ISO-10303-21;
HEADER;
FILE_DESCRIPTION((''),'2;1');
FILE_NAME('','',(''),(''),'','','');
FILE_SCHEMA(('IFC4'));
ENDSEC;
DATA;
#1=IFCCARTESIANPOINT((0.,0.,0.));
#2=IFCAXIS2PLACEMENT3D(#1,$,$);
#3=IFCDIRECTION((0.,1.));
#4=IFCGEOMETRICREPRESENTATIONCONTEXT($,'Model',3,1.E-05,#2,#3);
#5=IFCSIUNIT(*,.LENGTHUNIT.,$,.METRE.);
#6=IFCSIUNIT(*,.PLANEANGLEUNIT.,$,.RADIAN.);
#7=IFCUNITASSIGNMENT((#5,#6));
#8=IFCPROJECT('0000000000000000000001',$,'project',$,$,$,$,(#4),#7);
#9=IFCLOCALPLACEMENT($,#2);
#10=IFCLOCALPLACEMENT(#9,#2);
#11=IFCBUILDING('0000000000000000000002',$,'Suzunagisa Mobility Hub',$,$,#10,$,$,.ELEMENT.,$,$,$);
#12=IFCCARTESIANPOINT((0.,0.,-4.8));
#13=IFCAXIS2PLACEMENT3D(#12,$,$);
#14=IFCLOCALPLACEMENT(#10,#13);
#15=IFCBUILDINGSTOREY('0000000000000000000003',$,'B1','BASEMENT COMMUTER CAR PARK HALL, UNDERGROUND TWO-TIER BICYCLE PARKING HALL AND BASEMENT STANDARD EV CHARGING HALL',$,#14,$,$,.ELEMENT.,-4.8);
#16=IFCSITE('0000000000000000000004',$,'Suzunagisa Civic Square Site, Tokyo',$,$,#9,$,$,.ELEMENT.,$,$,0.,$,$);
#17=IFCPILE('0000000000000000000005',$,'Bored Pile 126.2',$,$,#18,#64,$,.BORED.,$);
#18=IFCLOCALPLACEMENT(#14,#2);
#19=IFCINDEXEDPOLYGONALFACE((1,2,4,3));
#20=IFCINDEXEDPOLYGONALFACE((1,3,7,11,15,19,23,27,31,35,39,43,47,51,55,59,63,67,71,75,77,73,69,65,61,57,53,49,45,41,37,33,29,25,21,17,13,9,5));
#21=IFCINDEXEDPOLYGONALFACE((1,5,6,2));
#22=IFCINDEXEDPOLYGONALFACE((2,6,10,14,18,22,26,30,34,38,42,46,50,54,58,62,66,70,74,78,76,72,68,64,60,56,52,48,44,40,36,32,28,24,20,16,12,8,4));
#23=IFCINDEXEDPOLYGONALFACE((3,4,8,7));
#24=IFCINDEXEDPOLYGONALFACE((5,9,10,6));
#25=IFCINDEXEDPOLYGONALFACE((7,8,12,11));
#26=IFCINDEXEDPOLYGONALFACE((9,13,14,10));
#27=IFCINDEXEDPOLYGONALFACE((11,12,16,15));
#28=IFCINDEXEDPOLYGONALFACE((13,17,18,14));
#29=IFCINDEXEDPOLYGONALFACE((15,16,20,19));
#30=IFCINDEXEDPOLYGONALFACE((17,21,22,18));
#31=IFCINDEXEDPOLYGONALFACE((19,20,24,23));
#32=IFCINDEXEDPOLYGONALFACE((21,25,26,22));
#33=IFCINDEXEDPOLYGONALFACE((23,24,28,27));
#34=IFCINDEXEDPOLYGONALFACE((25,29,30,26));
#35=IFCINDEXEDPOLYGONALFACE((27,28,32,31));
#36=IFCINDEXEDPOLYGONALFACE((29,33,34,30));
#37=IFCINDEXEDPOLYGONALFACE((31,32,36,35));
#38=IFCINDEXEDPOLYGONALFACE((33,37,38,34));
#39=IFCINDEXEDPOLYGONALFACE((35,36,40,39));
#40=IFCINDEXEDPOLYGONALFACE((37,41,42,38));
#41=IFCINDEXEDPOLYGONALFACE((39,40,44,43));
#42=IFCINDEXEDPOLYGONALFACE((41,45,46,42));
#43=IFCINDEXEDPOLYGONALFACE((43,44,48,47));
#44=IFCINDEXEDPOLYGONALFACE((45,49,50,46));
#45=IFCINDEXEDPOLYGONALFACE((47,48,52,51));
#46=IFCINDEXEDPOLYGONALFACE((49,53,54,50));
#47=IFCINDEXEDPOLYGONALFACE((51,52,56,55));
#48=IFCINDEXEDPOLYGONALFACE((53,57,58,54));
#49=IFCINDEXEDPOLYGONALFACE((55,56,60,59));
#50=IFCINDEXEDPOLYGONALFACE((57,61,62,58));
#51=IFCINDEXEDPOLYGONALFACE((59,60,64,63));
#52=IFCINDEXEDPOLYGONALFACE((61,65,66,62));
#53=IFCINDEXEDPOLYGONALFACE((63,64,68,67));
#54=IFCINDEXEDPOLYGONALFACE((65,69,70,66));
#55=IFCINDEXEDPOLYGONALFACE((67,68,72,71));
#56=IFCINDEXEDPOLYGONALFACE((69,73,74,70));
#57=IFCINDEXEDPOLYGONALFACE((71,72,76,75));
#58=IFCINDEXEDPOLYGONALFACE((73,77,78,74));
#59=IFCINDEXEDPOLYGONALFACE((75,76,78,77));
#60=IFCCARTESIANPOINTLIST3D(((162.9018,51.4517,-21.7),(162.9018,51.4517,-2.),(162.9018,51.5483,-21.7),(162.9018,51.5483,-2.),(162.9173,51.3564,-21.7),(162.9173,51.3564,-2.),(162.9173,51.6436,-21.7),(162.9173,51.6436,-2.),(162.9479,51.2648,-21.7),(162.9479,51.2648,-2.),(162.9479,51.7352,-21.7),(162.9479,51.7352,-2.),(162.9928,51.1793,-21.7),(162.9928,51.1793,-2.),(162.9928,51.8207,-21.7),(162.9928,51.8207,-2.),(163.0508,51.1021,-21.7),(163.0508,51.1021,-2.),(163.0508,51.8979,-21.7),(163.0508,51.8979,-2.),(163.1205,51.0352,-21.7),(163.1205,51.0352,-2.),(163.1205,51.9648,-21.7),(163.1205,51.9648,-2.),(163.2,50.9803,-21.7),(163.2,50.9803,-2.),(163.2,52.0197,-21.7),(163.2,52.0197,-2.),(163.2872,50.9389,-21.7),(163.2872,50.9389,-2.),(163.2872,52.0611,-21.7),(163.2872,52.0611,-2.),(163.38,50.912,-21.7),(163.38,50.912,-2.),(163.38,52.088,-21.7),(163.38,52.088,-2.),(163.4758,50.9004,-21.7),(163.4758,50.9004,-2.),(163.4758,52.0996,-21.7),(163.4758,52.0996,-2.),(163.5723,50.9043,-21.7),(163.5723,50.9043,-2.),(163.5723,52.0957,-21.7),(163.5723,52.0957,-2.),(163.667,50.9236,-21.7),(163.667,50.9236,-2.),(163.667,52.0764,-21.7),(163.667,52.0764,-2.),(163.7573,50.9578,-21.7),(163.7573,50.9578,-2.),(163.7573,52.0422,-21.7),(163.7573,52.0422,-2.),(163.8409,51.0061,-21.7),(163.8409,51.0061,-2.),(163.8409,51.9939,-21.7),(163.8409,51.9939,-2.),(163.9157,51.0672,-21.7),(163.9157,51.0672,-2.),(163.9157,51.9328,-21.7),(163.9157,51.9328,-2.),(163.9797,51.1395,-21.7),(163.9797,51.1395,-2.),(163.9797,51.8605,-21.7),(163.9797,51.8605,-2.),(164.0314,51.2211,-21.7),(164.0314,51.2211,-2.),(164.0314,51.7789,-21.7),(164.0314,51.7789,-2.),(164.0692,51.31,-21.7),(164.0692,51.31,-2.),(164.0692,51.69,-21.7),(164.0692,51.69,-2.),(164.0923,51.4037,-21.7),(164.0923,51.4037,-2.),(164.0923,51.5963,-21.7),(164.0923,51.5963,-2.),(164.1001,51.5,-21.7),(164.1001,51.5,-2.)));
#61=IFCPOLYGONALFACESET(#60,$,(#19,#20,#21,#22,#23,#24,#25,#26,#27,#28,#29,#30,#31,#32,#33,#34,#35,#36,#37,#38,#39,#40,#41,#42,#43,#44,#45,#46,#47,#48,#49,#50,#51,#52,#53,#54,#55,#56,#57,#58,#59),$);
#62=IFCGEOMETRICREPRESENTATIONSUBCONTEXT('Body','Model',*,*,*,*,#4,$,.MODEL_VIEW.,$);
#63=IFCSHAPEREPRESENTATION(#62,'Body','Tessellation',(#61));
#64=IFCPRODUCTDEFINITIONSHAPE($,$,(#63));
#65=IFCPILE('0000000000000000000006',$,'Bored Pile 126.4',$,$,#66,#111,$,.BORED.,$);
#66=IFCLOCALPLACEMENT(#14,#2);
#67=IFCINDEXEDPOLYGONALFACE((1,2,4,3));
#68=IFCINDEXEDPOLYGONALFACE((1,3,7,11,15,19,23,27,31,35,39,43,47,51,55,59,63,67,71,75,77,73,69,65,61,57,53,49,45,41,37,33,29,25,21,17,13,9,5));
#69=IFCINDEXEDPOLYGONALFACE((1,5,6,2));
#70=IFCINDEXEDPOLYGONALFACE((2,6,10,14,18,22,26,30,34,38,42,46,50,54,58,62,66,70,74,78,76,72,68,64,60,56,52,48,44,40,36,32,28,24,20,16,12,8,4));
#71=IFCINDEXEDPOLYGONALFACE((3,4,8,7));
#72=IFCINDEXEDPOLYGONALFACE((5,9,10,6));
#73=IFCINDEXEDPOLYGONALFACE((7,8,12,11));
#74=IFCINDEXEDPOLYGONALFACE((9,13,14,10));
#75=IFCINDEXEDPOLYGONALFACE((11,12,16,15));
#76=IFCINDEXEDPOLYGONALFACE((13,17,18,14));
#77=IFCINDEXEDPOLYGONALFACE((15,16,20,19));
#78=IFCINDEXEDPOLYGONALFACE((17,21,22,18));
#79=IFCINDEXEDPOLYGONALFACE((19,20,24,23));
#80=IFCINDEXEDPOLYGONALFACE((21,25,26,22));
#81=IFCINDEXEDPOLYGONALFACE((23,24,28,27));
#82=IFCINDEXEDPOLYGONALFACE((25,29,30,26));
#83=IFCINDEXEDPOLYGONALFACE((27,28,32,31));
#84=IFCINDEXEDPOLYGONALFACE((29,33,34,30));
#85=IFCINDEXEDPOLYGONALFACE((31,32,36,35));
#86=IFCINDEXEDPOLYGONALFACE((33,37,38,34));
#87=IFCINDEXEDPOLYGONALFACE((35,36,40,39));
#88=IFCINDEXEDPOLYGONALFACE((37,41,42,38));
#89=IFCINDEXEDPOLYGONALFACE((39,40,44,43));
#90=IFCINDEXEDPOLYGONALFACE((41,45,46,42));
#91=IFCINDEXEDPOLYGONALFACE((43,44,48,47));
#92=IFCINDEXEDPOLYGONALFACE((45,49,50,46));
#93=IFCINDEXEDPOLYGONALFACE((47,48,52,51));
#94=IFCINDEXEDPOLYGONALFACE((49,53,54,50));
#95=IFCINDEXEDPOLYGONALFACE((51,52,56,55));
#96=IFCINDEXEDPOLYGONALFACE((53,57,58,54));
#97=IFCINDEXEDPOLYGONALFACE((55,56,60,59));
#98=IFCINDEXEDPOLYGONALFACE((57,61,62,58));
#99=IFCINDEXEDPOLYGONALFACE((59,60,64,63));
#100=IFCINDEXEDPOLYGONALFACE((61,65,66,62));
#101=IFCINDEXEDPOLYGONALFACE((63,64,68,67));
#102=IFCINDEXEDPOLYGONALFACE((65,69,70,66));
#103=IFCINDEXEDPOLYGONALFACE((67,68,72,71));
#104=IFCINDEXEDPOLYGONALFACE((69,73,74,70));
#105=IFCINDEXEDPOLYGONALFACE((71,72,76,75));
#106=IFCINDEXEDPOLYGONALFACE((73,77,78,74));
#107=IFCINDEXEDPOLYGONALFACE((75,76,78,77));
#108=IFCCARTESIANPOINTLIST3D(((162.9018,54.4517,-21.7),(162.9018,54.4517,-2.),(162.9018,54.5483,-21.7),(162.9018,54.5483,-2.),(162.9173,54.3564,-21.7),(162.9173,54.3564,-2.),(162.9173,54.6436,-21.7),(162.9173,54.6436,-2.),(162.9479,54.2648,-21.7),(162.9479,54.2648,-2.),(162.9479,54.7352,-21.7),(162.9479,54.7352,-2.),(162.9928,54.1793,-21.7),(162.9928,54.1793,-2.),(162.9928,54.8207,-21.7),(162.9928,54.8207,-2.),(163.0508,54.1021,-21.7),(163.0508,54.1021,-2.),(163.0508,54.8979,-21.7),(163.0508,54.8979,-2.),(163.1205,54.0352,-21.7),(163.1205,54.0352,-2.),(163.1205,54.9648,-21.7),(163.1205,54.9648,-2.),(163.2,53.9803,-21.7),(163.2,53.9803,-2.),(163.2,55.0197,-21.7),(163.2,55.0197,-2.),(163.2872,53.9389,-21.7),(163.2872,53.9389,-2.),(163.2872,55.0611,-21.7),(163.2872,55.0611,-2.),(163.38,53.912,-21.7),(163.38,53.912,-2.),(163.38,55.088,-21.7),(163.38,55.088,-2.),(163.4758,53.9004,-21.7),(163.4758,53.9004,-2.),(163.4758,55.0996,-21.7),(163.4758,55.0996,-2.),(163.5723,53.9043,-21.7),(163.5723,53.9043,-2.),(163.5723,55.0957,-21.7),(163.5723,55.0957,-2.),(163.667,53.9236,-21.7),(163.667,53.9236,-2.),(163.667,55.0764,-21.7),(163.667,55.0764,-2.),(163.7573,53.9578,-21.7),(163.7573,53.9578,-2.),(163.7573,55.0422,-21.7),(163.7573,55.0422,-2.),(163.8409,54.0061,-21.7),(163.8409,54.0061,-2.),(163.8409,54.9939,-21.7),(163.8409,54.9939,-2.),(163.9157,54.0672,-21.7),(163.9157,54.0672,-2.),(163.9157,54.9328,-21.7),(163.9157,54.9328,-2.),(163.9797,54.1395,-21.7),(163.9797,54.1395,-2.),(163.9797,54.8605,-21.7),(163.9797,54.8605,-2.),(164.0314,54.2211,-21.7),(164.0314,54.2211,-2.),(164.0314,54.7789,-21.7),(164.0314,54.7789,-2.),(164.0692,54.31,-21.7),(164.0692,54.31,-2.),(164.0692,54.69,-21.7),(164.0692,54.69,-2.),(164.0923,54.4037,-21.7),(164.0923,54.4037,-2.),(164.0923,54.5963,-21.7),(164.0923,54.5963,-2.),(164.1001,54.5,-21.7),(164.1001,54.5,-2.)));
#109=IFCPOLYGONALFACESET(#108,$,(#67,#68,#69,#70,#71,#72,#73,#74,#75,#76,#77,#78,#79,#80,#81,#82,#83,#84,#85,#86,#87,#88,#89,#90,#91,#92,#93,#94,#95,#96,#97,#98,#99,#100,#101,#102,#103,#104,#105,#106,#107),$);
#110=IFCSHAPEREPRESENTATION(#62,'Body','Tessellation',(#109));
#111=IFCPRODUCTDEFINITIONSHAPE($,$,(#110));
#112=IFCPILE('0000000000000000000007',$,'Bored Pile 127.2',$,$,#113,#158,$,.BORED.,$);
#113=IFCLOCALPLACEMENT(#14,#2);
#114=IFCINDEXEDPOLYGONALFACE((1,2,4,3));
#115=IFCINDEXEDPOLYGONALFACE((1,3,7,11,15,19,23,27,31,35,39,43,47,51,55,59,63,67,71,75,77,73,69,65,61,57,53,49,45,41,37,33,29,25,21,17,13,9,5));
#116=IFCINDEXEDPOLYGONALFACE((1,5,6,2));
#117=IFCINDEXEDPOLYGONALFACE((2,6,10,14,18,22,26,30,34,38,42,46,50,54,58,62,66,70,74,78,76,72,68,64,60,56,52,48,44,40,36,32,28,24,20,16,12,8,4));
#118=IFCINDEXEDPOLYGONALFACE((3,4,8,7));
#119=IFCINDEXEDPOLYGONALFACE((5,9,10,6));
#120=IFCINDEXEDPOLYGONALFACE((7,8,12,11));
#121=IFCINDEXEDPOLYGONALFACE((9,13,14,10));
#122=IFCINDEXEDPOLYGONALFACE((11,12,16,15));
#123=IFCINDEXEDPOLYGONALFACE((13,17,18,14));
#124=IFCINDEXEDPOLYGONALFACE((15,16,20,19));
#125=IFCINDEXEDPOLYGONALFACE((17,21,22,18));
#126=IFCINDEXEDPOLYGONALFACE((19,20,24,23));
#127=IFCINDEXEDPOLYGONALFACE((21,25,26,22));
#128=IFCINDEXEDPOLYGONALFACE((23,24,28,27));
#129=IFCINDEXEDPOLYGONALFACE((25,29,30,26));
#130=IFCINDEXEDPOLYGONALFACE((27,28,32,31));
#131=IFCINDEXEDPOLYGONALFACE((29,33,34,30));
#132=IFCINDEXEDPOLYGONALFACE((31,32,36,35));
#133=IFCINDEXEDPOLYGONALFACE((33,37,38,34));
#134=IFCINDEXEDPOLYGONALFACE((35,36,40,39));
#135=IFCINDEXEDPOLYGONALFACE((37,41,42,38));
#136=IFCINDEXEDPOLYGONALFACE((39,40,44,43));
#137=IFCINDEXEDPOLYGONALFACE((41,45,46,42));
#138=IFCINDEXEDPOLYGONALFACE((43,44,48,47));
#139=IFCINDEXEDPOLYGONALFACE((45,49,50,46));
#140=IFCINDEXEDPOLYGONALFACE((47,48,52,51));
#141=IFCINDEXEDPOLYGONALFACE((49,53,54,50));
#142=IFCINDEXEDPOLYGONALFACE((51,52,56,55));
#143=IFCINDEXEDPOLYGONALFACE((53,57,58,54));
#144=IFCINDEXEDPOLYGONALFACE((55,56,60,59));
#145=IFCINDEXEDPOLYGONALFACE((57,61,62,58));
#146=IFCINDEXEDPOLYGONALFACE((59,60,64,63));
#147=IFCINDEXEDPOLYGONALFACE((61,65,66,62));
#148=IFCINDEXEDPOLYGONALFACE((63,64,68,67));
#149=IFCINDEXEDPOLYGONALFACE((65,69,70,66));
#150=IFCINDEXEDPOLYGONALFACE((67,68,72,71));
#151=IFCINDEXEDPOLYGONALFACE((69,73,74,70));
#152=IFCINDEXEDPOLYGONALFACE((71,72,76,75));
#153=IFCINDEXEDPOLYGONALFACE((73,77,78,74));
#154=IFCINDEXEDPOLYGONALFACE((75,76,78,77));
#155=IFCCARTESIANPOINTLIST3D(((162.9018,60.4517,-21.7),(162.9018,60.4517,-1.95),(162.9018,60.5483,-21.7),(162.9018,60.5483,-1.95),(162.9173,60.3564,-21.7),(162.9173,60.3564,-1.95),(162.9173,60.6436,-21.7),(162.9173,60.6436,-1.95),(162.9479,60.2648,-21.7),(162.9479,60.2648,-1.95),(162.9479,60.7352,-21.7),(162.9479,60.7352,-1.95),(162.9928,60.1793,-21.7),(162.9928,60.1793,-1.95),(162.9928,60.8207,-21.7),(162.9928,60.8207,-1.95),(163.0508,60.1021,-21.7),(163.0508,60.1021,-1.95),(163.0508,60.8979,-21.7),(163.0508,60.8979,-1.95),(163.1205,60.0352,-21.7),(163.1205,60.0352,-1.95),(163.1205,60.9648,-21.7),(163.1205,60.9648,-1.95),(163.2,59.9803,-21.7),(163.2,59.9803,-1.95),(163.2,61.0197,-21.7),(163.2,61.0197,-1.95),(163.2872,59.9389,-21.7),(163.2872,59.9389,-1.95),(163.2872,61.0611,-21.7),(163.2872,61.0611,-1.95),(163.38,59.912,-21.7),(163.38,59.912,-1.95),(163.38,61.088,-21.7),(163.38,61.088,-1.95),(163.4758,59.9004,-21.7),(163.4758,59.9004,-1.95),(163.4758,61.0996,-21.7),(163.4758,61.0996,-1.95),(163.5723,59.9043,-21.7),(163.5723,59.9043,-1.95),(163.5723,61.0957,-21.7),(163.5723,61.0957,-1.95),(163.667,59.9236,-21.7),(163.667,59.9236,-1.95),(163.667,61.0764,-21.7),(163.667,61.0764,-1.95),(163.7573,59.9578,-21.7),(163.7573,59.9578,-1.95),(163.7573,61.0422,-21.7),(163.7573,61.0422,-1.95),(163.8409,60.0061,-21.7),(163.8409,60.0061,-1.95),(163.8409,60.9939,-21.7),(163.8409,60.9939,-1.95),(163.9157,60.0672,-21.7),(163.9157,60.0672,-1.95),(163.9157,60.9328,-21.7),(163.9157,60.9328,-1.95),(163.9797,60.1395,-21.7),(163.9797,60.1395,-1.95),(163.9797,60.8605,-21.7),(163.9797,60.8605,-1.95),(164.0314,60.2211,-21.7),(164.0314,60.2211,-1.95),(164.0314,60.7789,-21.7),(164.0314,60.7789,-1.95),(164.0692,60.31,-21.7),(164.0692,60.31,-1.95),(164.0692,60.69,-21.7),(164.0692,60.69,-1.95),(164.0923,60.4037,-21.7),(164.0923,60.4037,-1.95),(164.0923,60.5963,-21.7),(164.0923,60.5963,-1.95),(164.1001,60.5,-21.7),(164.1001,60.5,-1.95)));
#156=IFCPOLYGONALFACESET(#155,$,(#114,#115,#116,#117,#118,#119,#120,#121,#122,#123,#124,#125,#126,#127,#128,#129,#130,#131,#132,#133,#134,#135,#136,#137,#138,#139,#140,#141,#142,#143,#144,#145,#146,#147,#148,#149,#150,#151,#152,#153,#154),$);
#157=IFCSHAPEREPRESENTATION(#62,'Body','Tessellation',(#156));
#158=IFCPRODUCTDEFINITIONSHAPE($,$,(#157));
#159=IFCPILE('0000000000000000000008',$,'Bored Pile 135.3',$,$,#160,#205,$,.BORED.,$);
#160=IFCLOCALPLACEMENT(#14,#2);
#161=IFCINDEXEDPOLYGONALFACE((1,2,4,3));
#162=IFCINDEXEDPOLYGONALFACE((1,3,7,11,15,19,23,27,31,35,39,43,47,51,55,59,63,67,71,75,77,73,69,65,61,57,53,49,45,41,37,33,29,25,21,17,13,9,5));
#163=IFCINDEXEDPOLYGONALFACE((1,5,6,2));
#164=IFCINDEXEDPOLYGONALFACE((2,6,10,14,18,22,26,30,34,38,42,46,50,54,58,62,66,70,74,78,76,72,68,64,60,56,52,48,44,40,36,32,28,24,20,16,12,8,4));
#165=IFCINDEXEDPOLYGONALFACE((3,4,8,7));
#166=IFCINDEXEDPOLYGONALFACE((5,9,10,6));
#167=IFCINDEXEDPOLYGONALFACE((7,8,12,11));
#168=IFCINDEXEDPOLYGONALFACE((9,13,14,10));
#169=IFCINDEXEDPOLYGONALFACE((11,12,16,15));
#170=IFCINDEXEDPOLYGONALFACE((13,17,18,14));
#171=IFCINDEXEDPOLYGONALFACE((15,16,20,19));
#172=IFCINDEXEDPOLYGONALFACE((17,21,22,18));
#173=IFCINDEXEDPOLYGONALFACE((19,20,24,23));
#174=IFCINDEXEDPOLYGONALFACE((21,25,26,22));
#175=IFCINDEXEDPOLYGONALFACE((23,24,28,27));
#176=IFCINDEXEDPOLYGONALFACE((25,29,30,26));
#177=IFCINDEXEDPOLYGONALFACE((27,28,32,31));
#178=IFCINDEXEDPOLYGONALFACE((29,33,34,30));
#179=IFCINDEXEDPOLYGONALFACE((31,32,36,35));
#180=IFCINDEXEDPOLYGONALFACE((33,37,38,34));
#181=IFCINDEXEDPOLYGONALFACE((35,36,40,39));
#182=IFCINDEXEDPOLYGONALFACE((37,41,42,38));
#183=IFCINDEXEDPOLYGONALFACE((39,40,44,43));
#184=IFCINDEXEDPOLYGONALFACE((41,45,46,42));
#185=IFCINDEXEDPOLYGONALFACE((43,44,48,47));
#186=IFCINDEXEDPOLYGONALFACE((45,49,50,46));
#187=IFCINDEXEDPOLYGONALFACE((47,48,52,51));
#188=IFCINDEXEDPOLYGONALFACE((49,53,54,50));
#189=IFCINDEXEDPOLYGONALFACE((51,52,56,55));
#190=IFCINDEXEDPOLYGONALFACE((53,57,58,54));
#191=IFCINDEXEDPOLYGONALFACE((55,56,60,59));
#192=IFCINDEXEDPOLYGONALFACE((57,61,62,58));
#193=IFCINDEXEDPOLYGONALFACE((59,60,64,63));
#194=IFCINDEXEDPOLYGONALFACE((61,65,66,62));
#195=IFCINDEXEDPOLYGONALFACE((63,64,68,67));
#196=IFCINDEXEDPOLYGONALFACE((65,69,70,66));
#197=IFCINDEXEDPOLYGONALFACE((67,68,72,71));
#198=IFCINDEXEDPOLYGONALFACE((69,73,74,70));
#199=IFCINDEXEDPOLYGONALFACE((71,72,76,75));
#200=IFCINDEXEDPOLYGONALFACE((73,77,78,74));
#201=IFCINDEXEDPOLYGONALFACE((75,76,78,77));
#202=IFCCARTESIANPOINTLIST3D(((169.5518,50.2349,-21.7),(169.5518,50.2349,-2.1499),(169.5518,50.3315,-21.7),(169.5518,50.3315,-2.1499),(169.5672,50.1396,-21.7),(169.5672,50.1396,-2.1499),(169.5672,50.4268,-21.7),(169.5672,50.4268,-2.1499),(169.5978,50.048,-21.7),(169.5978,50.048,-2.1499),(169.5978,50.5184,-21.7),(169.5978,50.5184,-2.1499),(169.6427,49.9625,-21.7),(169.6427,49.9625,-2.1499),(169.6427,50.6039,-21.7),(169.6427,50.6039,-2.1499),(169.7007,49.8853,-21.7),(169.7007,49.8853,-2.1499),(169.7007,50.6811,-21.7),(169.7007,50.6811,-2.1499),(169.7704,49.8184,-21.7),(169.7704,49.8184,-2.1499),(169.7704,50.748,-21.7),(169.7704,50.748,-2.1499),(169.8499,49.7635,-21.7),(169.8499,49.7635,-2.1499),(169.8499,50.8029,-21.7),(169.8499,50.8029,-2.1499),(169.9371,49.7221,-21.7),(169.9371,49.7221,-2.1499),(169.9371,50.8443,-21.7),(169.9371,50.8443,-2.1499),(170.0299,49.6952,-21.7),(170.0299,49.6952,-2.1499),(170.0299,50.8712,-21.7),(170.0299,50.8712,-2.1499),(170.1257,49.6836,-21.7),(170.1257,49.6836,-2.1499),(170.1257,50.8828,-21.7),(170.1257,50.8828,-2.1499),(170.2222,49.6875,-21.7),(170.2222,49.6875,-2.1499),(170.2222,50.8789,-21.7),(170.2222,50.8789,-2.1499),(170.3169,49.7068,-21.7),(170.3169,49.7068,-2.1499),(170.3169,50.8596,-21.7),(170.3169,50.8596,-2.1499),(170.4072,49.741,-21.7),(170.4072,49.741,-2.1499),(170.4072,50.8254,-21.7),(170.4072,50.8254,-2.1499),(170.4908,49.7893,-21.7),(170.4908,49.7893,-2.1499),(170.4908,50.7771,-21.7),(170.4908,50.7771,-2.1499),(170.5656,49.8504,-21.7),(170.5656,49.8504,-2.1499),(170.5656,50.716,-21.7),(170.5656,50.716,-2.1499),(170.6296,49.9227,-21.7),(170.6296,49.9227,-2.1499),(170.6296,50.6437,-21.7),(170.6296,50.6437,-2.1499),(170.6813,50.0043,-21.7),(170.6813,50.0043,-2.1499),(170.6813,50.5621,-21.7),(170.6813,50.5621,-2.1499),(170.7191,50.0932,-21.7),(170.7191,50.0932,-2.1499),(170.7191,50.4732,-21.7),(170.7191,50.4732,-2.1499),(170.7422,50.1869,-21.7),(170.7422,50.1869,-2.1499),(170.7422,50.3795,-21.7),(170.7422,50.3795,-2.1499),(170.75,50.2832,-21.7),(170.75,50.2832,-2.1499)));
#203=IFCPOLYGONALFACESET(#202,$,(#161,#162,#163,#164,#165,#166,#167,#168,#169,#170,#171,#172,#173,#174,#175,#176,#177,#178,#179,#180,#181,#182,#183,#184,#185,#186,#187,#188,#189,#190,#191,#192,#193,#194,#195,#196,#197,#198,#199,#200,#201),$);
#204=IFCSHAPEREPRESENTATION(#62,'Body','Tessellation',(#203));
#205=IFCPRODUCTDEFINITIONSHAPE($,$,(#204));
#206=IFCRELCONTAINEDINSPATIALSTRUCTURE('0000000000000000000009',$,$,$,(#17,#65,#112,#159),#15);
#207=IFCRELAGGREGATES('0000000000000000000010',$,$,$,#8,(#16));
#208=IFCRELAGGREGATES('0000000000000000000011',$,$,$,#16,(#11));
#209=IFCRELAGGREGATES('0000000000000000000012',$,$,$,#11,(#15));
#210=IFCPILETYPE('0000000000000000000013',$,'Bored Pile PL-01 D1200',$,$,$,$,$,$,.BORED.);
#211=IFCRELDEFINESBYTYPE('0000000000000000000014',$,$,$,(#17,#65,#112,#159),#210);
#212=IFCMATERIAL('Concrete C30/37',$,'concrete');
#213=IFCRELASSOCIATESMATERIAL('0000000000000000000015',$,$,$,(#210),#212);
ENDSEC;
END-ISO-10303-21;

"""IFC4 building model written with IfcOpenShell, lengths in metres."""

from ifc_helpers import new_model, si_unit, direction, frame, origin, origin_2d, place, context, subcontext, project, spatial, circle, extrude, material, material_profile, profile_set, type_object, element, save


model = new_model("IFC4")

# Units and contexts
model_context = context("Model", 3, precision=1e-05, world=origin(), true_north=direction((0.0, 1.0)))
body_context = subcontext(model_context, "Body", "Model", "MODEL_VIEW")
ifc_project = project(units=[si_unit("LENGTHUNIT", "METRE"), si_unit("PLANEANGLEUNIT", "RADIAN")], contexts=[model_context])

# Site, building, storey
site_placement = place(None, origin())
site = spatial("IfcSite", under=ifc_project, at=site_placement, Name="Suzunagisa Civic Square Site, Tokyo", CompositionType="ELEMENT", RefElevation=0.0)
building_placement = place(site_placement, origin())
building = spatial("IfcBuilding", under=site, at=building_placement, Name="Suzunagisa Mobility Hub", CompositionType="ELEMENT")
storey_placement = place(building_placement, frame((0.0, 0.0, -4.8)))
storey = spatial("IfcBuildingStorey", under=building, at=storey_placement, Name="B1", Description="BASEMENT COMMUTER CAR PARK HALL, UNDERGROUND TWO-TIER BICYCLE PARKING HALL AND BASEMENT STANDARD EV CHARGING HALL", CompositionType="ELEMENT", Elevation=-4.8)

# Piles
ifc_material_1 = material(Name="Concrete C30/37", Category="concrete")
ifc_material_profile_1 = material_profile(ifc_material_1, circle(Radius=0.6001, at=origin_2d()), Name="BORED PILE D1200")
ifc_profile_set_1 = profile_set([ifc_material_profile_1], Name="Concrete C30/37")
pile_type = type_object("IfcPileType", Name="Bored Pile PL-01 D1200", PredefinedType="BORED", material=ifc_profile_set_1)
for number, where, z_axis, x_axis, name in (
    (1, (163.5, 51.5, -2.0), (0.0, 0.0, -1.0), (1.0, 0.0, 0.0), "Bored Pile 126.2"),
    (2, (163.5, 54.5, -2.0), (0.0, 0.0, -1.0), (1.0, 0.0, 0.0), "Bored Pile 126.4"),
):
    element("IfcPile", number, at=place(storey_placement, frame(where, z_axis=z_axis, x_axis=x_axis)), inside=storey, type_object=pile_type, Name=name, PredefinedType="BORED", context=body_context, shape_type="SweptSolid", body=[
        extrude(circle(Radius=0.6001, at=origin_2d()), origin(), (0.0, 0.0, 1.0), 19.7),
    ])
pile_1_placement = place(storey_placement, frame((163.5, 60.5, -1.95), z_axis=(0.0, 0.0, -1.0), x_axis=(1.0, 0.0, 0.0)))
element("IfcPile", 3, at=pile_1_placement, inside=storey, type_object=pile_type, Name="Bored Pile 127.2", PredefinedType="BORED", context=body_context, shape_type="SweptSolid", body=[
    extrude(circle(Radius=0.6001, at=origin_2d()), origin(), (0.0, 0.0, 1.0), 19.75),
])
for number, where, z_axis, x_axis, name in (
    (4, (170.1499, 50.2832, -2.1499), (0.0, 0.0, -1.0), (1.0, 0.0, 0.0), "Bored Pile 135.3"),
):
    element("IfcPile", number, at=place(storey_placement, frame(where, z_axis=z_axis, x_axis=x_axis)), inside=storey, type_object=pile_type, Name=name, PredefinedType="BORED", context=body_context, shape_type="SweptSolid", body=[
        extrude(circle(Radius=0.6001, at=origin_2d()), origin(), (0.0, 0.0, 1.0), 19.55),
    ])

save(model, "model.ifc")
